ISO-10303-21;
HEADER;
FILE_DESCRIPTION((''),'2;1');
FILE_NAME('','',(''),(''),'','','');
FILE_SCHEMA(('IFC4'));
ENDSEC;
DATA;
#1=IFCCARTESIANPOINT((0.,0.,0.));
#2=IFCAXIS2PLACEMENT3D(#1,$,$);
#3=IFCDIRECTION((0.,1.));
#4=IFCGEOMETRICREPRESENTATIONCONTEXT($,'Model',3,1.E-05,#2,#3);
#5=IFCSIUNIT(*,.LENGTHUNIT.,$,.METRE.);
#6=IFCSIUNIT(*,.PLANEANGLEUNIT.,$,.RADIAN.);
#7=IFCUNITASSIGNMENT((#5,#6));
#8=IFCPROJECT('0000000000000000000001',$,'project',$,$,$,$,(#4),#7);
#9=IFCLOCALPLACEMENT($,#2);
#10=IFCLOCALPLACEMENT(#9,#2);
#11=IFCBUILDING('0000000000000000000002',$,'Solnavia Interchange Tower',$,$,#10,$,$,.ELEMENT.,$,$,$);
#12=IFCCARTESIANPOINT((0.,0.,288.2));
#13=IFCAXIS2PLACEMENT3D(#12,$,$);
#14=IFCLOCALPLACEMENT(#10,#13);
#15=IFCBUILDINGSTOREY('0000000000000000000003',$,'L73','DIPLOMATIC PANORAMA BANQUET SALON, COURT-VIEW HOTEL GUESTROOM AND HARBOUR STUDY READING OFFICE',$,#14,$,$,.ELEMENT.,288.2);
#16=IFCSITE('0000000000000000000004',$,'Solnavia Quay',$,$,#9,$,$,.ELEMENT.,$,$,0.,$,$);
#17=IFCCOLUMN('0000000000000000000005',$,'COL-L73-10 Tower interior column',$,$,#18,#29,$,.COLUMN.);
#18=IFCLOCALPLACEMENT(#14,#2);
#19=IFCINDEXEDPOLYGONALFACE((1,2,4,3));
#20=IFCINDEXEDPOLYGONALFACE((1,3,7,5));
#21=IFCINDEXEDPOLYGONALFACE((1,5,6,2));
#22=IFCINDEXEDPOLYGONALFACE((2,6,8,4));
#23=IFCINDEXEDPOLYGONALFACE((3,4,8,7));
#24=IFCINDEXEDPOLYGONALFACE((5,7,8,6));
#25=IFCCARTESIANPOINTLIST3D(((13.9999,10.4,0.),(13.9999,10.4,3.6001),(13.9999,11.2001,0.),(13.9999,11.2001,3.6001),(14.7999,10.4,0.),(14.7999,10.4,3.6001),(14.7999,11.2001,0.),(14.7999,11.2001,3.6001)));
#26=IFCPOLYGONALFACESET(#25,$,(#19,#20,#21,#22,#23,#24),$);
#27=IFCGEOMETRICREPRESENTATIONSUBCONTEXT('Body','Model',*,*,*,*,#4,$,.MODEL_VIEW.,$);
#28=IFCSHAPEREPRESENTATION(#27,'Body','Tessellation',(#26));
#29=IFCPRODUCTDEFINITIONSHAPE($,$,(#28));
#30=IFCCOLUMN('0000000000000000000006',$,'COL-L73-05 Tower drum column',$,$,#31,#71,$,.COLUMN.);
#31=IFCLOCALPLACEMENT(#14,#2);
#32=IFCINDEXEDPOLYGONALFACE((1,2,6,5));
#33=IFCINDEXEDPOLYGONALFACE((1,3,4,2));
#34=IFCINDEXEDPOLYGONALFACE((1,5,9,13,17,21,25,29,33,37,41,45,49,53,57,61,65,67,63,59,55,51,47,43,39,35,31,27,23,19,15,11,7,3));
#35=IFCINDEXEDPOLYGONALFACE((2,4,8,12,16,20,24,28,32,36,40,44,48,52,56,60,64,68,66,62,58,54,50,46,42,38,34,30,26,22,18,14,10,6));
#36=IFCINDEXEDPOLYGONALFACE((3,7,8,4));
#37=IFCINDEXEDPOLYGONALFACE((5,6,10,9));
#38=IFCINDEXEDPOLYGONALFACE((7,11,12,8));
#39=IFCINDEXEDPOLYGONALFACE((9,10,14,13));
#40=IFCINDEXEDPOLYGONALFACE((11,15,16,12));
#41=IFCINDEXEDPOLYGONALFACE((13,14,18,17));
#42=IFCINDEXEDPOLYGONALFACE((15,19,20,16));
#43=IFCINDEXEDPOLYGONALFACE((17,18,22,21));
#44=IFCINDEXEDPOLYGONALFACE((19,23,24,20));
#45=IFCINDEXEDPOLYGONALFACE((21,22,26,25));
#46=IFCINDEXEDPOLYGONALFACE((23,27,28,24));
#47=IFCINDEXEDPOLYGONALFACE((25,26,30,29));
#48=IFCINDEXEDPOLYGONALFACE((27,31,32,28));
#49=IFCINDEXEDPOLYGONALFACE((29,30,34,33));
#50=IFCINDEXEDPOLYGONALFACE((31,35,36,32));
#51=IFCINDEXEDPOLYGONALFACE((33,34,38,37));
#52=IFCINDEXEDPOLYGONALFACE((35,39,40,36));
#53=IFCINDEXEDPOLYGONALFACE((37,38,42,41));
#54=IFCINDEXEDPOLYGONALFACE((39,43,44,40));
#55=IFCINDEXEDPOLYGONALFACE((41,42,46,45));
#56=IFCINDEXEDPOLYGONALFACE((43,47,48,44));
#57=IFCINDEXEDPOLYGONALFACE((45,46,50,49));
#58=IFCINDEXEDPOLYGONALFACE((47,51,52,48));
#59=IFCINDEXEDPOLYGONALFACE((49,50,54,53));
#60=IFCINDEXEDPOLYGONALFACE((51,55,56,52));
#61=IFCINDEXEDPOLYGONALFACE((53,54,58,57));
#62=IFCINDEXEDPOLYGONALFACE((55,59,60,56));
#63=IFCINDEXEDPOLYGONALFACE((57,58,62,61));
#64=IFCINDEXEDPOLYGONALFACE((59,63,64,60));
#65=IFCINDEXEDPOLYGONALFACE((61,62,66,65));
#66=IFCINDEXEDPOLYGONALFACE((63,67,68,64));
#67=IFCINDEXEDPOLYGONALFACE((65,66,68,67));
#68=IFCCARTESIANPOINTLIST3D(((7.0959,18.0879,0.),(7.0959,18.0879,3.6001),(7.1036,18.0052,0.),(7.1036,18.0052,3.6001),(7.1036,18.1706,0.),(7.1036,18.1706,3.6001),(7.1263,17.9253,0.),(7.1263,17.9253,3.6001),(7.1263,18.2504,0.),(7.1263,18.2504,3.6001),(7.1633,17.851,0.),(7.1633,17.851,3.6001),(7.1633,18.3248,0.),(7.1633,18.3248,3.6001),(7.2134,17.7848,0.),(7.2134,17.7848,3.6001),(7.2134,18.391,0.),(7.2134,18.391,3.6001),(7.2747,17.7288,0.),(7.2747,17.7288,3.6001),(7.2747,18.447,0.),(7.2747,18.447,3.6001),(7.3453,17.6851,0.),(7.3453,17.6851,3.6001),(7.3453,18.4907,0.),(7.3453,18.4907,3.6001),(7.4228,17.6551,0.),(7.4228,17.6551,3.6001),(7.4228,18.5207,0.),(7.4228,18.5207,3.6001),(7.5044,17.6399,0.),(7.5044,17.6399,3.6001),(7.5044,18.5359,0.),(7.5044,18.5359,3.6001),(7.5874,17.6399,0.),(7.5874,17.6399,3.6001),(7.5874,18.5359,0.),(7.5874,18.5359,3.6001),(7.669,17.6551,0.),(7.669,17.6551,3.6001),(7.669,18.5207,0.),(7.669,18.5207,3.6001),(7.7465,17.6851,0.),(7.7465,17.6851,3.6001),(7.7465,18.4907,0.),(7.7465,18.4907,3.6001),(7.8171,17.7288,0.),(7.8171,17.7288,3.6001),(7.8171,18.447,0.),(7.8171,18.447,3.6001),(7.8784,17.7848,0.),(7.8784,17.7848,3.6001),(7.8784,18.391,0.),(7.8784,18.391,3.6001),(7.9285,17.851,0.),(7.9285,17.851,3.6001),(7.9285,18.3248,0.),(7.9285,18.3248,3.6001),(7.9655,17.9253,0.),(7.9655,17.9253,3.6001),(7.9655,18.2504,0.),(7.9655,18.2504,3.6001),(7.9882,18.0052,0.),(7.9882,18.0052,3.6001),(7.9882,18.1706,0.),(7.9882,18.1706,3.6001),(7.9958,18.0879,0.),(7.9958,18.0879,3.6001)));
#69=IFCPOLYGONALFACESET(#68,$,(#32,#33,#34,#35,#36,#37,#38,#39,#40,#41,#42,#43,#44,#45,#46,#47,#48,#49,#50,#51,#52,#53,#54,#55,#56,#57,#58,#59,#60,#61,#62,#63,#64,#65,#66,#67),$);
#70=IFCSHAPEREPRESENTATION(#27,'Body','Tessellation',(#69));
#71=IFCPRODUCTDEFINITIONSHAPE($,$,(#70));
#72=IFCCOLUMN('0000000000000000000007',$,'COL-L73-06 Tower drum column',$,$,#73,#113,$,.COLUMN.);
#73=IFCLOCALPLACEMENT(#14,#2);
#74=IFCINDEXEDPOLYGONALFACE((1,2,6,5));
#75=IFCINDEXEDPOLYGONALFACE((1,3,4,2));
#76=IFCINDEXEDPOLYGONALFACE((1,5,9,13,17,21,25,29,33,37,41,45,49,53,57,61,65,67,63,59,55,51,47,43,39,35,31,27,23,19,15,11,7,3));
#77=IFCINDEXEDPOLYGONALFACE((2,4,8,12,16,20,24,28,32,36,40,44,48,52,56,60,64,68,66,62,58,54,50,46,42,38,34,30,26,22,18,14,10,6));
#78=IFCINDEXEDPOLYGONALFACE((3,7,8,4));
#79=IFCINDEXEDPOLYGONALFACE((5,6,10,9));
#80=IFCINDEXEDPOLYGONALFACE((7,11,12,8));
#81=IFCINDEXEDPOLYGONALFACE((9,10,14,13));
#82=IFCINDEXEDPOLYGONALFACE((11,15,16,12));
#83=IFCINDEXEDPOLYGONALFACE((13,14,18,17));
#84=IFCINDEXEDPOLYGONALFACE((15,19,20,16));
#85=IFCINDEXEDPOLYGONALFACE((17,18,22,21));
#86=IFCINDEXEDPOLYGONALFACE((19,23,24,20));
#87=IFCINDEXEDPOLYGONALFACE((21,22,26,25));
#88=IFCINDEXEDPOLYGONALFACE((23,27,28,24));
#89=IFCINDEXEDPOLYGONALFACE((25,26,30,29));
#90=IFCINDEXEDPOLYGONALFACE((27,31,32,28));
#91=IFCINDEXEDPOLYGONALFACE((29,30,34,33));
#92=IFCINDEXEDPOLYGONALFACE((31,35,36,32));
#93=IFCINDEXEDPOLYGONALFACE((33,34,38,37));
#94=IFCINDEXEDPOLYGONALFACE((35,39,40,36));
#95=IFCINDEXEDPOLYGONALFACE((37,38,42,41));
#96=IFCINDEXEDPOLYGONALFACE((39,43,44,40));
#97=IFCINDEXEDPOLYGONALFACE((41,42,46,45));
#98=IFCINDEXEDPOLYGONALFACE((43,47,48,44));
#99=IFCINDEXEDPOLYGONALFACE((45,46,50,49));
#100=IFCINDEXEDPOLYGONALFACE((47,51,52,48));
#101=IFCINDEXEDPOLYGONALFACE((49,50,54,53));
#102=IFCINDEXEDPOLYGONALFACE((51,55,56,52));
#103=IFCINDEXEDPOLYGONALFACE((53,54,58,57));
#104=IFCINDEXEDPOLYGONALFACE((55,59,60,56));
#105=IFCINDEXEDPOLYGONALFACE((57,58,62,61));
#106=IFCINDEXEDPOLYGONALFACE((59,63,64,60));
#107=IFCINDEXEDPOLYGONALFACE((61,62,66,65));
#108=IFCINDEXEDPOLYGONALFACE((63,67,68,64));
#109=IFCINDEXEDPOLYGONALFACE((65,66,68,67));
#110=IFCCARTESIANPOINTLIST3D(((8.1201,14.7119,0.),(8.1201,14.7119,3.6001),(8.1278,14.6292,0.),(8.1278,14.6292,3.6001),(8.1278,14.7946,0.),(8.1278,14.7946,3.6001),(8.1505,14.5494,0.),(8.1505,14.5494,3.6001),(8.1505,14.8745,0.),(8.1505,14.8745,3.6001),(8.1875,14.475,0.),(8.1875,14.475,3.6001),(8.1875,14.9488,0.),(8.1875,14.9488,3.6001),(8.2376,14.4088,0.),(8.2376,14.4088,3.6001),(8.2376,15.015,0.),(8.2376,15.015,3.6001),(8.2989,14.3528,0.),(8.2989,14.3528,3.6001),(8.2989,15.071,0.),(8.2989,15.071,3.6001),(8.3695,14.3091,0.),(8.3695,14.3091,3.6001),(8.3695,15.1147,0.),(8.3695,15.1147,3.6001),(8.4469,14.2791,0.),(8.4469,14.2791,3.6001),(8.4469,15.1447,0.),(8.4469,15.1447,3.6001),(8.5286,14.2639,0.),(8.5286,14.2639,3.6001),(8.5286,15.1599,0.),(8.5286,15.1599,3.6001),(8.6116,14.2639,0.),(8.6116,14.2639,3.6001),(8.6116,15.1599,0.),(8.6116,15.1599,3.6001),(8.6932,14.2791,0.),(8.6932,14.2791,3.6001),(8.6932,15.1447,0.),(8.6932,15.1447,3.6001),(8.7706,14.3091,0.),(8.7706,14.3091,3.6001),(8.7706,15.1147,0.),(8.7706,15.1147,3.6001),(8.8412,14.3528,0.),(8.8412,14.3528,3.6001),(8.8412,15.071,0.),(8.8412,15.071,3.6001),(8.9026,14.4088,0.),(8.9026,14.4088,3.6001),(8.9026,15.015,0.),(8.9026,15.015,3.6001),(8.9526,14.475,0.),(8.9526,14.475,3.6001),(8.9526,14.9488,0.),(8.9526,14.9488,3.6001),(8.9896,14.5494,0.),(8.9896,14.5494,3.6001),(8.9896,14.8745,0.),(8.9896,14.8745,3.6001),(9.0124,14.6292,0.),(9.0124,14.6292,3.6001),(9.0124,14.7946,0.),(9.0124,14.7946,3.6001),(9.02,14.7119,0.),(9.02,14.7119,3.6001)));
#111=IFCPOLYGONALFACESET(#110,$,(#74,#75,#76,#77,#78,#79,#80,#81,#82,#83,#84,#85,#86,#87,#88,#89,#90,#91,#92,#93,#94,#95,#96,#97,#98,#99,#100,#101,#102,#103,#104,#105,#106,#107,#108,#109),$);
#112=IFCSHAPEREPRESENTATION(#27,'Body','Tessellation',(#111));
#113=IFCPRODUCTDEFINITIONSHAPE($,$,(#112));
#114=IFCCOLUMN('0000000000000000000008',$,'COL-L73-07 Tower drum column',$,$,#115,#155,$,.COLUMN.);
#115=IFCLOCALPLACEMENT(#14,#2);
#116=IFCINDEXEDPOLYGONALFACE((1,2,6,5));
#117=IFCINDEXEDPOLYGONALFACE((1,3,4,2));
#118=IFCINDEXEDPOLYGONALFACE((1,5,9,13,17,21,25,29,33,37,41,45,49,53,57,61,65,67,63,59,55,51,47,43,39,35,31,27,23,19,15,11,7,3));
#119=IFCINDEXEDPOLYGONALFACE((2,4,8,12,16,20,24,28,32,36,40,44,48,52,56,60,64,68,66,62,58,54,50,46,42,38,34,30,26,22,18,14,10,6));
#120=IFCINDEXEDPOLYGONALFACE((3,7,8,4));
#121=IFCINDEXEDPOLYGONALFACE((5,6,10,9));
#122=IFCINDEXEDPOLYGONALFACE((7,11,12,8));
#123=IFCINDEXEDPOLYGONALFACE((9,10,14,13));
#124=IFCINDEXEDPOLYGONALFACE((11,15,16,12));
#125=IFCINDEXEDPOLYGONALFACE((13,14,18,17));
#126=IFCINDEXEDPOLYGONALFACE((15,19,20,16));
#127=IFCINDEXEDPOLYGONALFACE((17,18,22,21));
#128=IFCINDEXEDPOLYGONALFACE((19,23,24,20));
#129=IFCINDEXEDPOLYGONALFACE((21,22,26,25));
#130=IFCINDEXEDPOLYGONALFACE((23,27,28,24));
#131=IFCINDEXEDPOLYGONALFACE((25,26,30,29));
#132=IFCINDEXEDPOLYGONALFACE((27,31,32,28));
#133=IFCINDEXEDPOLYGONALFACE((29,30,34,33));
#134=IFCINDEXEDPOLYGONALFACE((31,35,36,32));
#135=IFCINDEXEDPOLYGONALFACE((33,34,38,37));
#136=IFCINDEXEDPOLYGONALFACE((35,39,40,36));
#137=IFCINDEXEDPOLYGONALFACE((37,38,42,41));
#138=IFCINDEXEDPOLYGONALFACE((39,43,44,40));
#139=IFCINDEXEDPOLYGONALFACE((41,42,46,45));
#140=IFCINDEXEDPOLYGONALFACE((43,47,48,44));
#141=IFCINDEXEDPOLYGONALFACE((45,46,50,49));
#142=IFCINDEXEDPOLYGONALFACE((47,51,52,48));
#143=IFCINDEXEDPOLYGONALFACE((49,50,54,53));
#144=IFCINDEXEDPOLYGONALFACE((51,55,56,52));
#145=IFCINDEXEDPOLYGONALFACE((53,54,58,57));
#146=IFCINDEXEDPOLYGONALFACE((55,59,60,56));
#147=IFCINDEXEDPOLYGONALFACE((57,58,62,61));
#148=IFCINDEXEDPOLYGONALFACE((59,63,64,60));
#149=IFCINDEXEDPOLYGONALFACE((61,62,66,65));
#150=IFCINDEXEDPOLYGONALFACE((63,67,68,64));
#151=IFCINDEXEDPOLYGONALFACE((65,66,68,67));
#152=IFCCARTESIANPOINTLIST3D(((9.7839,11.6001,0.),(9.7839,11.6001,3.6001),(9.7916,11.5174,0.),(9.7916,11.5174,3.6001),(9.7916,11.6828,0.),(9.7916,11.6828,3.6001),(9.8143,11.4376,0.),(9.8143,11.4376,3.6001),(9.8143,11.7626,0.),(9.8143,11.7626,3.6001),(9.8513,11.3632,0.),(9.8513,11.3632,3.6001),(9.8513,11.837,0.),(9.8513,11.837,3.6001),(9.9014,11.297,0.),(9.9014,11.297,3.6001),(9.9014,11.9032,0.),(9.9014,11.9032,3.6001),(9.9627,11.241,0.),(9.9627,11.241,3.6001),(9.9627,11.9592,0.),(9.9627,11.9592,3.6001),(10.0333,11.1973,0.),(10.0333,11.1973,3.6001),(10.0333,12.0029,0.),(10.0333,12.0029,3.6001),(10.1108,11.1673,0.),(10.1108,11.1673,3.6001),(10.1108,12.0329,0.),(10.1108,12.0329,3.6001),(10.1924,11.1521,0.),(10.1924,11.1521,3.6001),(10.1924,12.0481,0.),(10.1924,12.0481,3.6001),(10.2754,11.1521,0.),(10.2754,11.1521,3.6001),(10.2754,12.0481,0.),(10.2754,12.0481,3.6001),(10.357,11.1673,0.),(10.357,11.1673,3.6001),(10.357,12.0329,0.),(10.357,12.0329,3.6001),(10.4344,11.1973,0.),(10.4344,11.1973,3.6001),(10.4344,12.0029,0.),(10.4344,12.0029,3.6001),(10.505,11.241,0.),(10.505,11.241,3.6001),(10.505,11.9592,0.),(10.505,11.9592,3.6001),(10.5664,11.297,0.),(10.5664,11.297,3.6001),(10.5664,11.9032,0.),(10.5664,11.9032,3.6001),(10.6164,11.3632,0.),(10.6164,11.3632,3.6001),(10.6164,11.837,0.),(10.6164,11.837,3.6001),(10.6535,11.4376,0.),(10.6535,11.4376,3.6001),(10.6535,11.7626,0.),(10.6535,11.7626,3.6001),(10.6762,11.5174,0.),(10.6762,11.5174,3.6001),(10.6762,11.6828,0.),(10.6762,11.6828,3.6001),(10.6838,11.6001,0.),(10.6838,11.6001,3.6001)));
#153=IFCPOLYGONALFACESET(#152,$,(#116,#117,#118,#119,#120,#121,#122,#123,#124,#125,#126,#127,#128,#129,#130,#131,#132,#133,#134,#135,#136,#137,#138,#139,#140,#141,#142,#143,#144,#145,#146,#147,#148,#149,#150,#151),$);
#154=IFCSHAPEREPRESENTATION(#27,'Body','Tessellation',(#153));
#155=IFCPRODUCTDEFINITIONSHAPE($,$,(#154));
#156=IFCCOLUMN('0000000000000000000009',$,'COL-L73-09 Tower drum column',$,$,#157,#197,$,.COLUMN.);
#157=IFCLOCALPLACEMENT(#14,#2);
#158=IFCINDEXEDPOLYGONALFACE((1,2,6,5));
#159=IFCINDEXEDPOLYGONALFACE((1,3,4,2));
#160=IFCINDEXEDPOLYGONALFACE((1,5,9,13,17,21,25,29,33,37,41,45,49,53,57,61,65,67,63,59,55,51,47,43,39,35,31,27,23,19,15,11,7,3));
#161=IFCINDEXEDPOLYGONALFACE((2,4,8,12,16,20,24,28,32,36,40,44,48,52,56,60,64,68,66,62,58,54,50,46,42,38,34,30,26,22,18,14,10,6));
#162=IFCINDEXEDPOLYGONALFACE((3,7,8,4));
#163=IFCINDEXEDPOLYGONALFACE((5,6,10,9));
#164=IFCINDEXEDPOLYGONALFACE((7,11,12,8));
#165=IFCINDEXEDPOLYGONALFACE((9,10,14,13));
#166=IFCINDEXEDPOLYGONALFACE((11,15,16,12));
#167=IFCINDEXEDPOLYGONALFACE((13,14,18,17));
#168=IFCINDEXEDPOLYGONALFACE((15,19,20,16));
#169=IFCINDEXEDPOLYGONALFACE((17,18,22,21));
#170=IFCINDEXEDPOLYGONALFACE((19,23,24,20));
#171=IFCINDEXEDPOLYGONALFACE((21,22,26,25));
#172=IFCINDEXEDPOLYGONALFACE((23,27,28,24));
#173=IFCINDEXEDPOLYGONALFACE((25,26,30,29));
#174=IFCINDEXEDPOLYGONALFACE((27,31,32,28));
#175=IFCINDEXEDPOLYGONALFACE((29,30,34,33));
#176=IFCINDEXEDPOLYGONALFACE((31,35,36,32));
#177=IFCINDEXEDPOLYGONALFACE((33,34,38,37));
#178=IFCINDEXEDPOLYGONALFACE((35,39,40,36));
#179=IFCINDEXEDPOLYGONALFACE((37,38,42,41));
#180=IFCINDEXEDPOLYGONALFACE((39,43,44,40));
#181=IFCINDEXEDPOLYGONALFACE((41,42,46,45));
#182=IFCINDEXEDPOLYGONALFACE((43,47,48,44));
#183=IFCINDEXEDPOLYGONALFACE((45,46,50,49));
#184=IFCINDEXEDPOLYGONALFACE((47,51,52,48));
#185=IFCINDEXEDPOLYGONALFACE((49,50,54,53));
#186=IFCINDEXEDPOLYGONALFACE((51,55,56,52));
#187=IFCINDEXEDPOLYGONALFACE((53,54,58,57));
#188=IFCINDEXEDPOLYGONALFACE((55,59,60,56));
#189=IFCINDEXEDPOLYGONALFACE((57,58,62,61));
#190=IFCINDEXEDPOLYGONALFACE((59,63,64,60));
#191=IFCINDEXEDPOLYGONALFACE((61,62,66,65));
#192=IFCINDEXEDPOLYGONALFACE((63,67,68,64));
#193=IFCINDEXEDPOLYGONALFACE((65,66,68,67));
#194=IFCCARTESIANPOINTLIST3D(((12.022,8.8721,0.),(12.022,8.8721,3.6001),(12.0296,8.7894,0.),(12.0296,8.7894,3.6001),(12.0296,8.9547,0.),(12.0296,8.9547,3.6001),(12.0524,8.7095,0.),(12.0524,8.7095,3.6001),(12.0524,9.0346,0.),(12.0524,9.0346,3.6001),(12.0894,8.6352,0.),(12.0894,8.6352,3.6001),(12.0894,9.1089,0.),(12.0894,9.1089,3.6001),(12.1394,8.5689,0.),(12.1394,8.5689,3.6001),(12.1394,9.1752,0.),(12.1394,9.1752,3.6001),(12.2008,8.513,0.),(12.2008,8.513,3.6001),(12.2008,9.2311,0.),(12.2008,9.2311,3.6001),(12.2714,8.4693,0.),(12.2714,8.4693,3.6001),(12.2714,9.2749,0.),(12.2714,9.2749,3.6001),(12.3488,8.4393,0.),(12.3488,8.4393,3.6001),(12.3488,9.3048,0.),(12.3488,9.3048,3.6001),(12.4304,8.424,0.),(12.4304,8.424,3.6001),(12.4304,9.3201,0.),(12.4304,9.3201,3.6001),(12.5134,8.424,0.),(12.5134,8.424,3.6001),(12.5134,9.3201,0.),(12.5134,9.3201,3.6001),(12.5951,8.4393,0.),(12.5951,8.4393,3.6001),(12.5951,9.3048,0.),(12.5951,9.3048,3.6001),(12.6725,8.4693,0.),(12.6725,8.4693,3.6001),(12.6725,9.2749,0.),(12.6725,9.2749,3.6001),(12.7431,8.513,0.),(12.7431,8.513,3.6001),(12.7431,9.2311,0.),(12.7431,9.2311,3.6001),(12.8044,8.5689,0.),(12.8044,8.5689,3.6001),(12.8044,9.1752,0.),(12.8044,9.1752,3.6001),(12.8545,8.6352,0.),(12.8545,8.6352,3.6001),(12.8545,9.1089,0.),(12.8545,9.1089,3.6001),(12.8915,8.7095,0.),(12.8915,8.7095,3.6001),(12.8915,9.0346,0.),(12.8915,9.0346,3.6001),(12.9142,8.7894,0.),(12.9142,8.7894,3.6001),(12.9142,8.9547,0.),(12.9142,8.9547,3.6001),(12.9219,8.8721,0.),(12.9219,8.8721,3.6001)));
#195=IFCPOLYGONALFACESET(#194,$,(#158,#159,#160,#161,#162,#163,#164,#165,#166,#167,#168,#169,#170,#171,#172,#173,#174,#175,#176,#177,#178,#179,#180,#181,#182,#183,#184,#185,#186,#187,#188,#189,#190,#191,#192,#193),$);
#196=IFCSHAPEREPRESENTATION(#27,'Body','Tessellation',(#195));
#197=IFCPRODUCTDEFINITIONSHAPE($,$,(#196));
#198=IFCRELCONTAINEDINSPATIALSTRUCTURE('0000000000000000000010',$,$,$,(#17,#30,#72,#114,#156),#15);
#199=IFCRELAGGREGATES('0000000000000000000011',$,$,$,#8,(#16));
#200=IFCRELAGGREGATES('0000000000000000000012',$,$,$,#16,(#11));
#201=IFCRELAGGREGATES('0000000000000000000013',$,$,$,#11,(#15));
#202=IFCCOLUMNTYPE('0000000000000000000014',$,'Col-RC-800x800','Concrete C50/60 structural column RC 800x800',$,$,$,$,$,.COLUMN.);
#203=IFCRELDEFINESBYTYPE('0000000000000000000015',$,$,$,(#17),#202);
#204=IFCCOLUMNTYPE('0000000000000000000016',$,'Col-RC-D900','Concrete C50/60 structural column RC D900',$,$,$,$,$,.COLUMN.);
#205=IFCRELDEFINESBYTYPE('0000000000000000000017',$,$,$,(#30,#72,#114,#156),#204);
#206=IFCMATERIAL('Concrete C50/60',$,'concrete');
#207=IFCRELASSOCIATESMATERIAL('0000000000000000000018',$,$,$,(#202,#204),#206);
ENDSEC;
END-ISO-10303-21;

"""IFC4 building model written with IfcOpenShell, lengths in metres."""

from ifc_helpers import new_model, si_unit, direction, frame, origin, origin_2d, place, context, subcontext, project, spatial, rectangle, circle, extrude, material, material_profile, profile_set, type_object, element, save


model = new_model("IFC4")

# Units and contexts
model_context = context("Model", 3, precision=1e-05, world=origin(), true_north=direction((0.0, 1.0)))
body_context = subcontext(model_context, "Body", "Model", "MODEL_VIEW")
ifc_project = project(units=[si_unit("LENGTHUNIT", "METRE"), si_unit("PLANEANGLEUNIT", "RADIAN")], contexts=[model_context])

# Site, building, storey
site_placement = place(None, origin())
site = spatial("IfcSite", under=ifc_project, at=site_placement, Name="Solnavia Quay", CompositionType="ELEMENT", RefElevation=0.0)
building_placement = place(site_placement, origin())
building = spatial("IfcBuilding", under=site, at=building_placement, Name="Solnavia Interchange Tower", CompositionType="ELEMENT")
storey_placement = place(building_placement, frame((0.0, 0.0, 288.2)))
storey = spatial("IfcBuildingStorey", under=building, at=storey_placement, Name="L73", Description="DIPLOMATIC PANORAMA BANQUET SALON, COURT-VIEW HOTEL GUESTROOM AND HARBOUR STUDY READING OFFICE", CompositionType="ELEMENT", Elevation=288.2)

# Columns
ifc_material_1 = material(Name="Concrete C50/60", Category="concrete")
ifc_material_profile_1 = material_profile(ifc_material_1, rectangle(XDim=0.8, YDim=0.8, at=origin_2d()), Name="RC 800x800")
ifc_profile_set_1 = profile_set([ifc_material_profile_1], Name="Concrete C50/60")
column_type_1 = type_object("IfcColumnType", Name="Col-RC-800x800", Description="Concrete C50/60 structural column RC 800x800", PredefinedType="COLUMN", material=ifc_profile_set_1)
column_placement = place(storey_placement, frame((14.3999, 10.8, 0.0), z_axis=(0.0, 0.0, 1.0), x_axis=(1.0, 0.0, 0.0)))
element("IfcColumn", 1, at=column_placement, inside=storey, type_object=column_type_1, Name="COL-L73-10 Tower interior column", PredefinedType="COLUMN", context=body_context, shape_type="SweptSolid", body=[
    extrude(rectangle(XDim=0.8, YDim=0.8, at=origin_2d()), origin(), (0.0, 0.0, 1.0), 3.6001),
])
ifc_material_profile_2 = material_profile(ifc_material_1, circle(Radius=0.45, at=origin_2d()), Name="RC D900")
ifc_profile_set_2 = profile_set([ifc_material_profile_2], Name="Concrete C50/60")
column_type_2 = type_object("IfcColumnType", Name="Col-RC-D900", Description="Concrete C50/60 structural column RC D900", PredefinedType="COLUMN", material=ifc_profile_set_2)
for number, where, z_axis, x_axis, name in (
    (2, (7.5459, 18.0879, 0.0), (0.0, 0.0, 1.0), (1.0, 0.0, 0.0), "COL-L73-05 Tower drum column"),
    (3, (8.5701, 14.7119, 0.0), (0.0, 0.0, 1.0), (1.0, 0.0, 0.0), "COL-L73-06 Tower drum column"),
    (4, (10.2339, 11.6001, 0.0), (0.0, 0.0, 1.0), (1.0, 0.0, 0.0), "COL-L73-07 Tower drum column"),
    (5, (12.4719, 8.8721, 0.0), (0.0, 0.0, 1.0), (1.0, 0.0, 0.0), "COL-L73-09 Tower drum column"),
):
    element("IfcColumn", number, at=place(storey_placement, frame(where, z_axis=z_axis, x_axis=x_axis)), inside=storey, type_object=column_type_2, Name=name, PredefinedType="COLUMN", context=body_context, shape_type="SweptSolid", body=[
        extrude(circle(Radius=0.45, at=origin_2d()), origin(), (0.0, 0.0, 1.0), 3.6001),
    ])

save(model, "model.ifc")
